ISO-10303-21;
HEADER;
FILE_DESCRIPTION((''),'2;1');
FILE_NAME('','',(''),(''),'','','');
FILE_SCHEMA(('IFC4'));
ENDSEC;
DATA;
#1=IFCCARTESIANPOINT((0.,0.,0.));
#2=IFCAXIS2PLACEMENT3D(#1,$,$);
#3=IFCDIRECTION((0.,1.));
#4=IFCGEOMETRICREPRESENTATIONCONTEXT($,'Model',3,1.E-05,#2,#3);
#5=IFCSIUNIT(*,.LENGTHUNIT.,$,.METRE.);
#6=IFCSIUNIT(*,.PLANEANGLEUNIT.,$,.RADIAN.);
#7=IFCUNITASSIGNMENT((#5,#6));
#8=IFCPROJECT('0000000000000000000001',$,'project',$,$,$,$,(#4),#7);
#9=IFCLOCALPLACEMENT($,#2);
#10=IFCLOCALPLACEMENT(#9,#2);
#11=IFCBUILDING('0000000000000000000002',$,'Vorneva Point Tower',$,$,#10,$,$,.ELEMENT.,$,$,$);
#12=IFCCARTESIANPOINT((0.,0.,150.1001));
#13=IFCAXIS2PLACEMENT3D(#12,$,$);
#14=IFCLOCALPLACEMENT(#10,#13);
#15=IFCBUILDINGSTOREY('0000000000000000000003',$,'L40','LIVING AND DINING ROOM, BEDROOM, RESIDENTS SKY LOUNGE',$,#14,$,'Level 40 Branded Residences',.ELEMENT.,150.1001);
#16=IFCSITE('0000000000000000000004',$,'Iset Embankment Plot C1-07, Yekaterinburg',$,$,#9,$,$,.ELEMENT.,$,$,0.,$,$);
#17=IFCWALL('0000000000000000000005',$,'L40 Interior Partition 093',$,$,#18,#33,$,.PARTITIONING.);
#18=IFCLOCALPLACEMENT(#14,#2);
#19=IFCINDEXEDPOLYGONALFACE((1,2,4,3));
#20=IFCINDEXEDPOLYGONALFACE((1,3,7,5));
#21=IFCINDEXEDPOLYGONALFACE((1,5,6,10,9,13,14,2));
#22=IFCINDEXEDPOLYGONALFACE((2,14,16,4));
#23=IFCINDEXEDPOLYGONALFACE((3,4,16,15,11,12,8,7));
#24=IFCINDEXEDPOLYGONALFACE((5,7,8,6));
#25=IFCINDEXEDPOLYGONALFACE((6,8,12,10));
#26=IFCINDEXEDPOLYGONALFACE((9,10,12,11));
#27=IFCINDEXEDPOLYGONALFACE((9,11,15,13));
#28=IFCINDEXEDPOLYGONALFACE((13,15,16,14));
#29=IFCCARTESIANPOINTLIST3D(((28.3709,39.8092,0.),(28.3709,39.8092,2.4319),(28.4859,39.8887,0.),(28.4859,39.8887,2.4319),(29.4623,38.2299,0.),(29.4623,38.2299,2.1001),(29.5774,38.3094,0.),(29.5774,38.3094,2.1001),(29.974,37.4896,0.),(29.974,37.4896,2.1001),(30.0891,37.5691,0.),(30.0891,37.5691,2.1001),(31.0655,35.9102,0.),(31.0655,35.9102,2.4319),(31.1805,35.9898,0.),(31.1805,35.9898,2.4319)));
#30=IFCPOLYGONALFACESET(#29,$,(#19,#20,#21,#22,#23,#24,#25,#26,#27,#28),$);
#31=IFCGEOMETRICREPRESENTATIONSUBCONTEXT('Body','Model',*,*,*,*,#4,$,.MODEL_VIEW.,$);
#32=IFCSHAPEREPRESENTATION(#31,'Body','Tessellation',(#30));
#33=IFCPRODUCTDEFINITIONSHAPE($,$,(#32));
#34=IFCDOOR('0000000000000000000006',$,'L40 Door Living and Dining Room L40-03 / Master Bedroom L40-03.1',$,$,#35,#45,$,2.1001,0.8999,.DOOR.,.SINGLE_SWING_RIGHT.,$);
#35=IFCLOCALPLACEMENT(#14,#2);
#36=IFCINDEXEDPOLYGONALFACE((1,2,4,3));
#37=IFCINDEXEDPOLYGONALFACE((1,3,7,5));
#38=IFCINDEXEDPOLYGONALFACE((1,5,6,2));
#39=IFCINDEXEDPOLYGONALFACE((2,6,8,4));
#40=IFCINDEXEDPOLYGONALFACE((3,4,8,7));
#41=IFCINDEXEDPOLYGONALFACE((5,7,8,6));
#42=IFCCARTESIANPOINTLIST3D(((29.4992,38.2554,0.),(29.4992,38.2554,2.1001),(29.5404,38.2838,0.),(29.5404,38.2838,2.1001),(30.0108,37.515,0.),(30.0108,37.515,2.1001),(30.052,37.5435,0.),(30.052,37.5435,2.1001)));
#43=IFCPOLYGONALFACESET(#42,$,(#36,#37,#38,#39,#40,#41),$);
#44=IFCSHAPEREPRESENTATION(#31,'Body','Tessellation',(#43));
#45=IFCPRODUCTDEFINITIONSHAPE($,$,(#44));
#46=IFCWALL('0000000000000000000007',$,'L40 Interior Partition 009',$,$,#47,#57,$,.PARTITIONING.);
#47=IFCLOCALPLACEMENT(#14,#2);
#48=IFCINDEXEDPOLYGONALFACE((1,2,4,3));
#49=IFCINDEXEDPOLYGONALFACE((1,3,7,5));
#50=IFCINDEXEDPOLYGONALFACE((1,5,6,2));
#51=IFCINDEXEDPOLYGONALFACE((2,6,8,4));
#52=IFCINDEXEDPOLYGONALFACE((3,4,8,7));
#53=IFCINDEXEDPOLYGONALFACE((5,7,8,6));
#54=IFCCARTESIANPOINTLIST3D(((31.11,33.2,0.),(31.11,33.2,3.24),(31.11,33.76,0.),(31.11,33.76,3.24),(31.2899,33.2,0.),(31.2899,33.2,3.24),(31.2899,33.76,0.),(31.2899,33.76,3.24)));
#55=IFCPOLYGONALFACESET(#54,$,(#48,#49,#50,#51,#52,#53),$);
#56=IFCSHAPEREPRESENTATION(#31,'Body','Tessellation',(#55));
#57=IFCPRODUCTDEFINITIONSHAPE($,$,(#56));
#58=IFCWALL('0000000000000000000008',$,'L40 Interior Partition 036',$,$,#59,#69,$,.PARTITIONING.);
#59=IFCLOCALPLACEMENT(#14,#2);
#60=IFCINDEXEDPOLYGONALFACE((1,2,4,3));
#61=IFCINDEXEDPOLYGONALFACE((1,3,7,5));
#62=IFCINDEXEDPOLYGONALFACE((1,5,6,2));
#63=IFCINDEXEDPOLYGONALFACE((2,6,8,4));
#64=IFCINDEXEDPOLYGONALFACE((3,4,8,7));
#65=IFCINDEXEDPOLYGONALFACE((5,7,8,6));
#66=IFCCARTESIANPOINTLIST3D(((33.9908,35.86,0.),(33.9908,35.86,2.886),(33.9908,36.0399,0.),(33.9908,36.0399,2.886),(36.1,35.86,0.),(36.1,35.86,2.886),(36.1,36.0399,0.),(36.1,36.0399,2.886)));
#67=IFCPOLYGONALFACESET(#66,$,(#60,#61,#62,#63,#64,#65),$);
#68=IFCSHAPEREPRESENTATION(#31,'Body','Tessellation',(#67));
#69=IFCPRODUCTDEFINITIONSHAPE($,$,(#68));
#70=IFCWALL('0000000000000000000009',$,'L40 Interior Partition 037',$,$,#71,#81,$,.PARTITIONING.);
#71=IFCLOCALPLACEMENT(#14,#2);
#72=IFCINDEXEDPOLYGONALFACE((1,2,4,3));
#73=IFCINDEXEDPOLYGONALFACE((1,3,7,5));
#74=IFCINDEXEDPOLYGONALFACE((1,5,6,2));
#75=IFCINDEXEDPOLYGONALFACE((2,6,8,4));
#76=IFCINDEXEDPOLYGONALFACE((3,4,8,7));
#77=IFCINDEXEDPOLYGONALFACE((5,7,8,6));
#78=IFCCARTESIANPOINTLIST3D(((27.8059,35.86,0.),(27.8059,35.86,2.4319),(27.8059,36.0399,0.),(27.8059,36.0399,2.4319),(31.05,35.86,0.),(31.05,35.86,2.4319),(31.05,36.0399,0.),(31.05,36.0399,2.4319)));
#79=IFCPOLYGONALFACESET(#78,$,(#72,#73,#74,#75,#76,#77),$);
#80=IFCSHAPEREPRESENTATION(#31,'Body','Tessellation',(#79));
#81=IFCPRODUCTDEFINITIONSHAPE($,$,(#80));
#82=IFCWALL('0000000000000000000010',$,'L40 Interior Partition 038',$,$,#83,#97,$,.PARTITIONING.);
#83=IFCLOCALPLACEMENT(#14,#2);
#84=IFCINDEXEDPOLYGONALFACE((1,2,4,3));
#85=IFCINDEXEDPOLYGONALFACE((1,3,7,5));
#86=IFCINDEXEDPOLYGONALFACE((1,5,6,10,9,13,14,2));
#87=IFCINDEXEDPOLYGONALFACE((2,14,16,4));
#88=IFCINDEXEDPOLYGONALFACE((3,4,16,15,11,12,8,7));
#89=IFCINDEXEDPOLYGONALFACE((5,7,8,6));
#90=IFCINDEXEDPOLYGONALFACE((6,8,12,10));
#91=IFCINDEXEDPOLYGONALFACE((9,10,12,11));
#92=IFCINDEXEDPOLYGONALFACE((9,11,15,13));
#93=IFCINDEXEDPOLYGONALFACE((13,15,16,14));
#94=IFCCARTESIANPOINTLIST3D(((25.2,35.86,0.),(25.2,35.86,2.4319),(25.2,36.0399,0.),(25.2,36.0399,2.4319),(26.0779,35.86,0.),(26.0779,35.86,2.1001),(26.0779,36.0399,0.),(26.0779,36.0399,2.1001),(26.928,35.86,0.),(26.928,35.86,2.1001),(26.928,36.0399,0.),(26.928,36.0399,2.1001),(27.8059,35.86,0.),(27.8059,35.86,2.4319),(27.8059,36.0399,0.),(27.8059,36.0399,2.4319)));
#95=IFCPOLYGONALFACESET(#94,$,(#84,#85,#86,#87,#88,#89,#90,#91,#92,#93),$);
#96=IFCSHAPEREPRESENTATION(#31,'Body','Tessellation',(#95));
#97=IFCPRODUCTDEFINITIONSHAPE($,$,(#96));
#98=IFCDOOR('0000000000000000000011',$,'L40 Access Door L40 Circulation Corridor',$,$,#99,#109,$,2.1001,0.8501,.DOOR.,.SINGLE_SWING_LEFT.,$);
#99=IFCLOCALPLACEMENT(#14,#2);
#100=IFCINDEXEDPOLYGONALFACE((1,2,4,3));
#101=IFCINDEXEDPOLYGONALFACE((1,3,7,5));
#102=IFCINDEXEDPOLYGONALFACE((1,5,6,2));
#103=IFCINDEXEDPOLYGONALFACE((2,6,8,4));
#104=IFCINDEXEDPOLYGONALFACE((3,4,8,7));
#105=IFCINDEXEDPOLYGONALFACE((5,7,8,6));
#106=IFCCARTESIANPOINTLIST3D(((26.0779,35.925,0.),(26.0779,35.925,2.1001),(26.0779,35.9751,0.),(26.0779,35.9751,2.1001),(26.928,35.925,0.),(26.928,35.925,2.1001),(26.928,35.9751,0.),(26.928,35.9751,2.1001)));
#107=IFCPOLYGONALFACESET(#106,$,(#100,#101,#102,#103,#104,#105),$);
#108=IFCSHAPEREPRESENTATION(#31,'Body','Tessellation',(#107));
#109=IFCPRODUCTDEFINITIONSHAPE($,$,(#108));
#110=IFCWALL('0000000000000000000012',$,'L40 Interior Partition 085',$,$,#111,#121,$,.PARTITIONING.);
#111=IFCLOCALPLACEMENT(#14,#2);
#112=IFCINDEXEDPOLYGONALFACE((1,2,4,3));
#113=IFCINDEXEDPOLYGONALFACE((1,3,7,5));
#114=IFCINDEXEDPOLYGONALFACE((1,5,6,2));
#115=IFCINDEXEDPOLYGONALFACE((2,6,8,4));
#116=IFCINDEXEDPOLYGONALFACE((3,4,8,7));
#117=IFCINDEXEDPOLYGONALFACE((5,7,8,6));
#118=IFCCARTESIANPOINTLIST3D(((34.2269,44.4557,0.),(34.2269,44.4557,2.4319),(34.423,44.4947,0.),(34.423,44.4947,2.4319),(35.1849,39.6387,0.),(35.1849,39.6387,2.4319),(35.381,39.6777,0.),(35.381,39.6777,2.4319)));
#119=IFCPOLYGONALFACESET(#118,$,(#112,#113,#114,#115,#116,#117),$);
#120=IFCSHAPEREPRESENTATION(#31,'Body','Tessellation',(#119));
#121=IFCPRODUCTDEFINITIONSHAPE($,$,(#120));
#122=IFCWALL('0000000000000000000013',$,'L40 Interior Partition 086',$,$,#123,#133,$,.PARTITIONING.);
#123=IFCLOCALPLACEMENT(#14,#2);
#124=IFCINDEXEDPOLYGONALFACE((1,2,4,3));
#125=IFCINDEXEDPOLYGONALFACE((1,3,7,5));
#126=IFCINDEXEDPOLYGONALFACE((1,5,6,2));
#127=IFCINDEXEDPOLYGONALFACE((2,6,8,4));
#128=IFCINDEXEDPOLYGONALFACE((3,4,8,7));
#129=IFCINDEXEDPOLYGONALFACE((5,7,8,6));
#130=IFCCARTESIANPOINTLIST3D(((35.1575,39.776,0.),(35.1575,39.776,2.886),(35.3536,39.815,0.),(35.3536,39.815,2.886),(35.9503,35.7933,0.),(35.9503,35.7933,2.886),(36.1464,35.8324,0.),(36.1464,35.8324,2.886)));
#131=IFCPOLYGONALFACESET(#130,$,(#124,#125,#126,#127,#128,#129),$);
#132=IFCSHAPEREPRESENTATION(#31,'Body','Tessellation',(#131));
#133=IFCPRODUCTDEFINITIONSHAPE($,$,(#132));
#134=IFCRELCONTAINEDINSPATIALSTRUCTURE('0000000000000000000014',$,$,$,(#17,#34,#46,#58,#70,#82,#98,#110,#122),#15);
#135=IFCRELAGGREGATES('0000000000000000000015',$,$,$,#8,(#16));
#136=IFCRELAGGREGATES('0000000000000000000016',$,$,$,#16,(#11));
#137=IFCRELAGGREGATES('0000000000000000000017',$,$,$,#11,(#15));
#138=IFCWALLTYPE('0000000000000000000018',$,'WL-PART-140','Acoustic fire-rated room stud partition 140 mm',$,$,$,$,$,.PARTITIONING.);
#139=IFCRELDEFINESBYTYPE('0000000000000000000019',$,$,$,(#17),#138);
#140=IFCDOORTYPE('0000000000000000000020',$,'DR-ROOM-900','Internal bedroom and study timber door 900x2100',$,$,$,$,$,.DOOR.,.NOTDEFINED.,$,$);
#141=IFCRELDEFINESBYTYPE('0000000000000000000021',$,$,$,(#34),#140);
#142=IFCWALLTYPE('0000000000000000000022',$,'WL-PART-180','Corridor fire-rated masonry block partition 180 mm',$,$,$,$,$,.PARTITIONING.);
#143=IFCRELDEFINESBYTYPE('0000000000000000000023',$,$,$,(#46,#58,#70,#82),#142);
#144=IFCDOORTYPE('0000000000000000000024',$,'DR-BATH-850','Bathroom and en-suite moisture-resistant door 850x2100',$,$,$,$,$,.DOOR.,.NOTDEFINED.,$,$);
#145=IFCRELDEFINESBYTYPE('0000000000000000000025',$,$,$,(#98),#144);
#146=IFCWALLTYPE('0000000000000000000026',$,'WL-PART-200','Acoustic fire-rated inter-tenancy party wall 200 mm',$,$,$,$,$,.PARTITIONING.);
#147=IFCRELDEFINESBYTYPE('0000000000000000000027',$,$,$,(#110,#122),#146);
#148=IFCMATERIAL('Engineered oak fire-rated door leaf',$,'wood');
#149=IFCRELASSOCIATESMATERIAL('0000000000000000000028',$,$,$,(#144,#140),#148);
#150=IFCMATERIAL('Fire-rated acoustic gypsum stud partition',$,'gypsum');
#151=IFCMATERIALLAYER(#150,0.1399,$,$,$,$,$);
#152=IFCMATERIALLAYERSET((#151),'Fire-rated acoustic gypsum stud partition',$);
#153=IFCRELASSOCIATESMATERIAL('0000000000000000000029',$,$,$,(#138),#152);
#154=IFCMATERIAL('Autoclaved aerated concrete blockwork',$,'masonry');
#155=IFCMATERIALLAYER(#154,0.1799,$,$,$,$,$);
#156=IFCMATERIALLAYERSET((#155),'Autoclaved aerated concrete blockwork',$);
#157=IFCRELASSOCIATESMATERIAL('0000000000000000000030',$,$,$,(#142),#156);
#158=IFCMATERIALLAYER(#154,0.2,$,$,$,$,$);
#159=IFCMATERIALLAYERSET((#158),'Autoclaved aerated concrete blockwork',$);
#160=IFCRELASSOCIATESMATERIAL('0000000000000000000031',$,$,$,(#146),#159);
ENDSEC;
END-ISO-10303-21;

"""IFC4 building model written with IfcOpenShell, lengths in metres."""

from ifc_helpers import new_model, si_unit, direction, frame, frame_2d, origin, place, context, subcontext, project, spatial, rectangle, extrude, material, layer, layer_set, type_object, element, fill, save


model = new_model("IFC4")

# Units and contexts
model_context = context("Model", 3, precision=1e-05, world=origin(), true_north=direction((0.0, 1.0)))
body_context = subcontext(model_context, "Body", "Model", "MODEL_VIEW")
ifc_project = project(units=[si_unit("LENGTHUNIT", "METRE"), si_unit("PLANEANGLEUNIT", "RADIAN")], contexts=[model_context])

# Site, building, storey
site_placement = place(None, origin())
site = spatial("IfcSite", under=ifc_project, at=site_placement, Name="Iset Embankment Plot C1-07, Yekaterinburg", CompositionType="ELEMENT", RefElevation=0.0)
building_placement = place(site_placement, origin())
building = spatial("IfcBuilding", under=site, at=building_placement, Name="Vorneva Point Tower", CompositionType="ELEMENT")
storey_placement = place(building_placement, frame((0.0, 0.0, 150.1001)))
storey = spatial("IfcBuildingStorey", under=building, at=storey_placement, Name="L40", Description="LIVING AND DINING ROOM, BEDROOM, RESIDENTS SKY LOUNGE", LongName="Level 40 Branded Residences", CompositionType="ELEMENT", Elevation=150.1001)

# Shared definitions
ifc_material_1 = material(Name="Fire-rated acoustic gypsum stud partition", Category="gypsum")
ifc_material_2 = material(Name="Engineered oak fire-rated door leaf", Category="wood")
door_type_1 = type_object("IfcDoorType", Name="DR-BATH-850", Description="Bathroom and en-suite moisture-resistant door 850x2100", OperationType="NOTDEFINED", PredefinedType="DOOR", material=ifc_material_2)

# Shared definitions
door_type_2 = type_object("IfcDoorType", Name="DR-ROOM-900", Description="Internal bedroom and study timber door 900x2100", OperationType="NOTDEFINED", PredefinedType="DOOR", material=ifc_material_2)

# Wall, opening, door
ifc_layer_1 = layer(ifc_material_1, 0.1399)
ifc_layer_set_1 = layer_set([ifc_layer_1], Name="Fire-rated acoustic gypsum stud partition")
wall_type_1 = type_object("IfcWallType", Name="WL-PART-140", Description="Acoustic fire-rated room stud partition 140 mm", PredefinedType="PARTITIONING", material=ifc_layer_set_1)
wall_1_placement = place(storey_placement, frame((28.4285, 39.8489, 0.0), z_axis=(0.0, 0.0, 1.0), x_axis=(0.568543, -0.822654, 0.0)))
wall_1 = element("IfcWall", 1, at=wall_1_placement, inside=storey, type_object=wall_type_1, Name="L40 Interior Partition 093", PredefinedType="PARTITIONING", context=body_context, shape_type="SweptSolid", body=[
    extrude(rectangle(XDim=4.7395, YDim=0.1399, at=frame_2d((2.3696, 0.0))), origin(), (0.0, 0.0, 1.0), 2.4319),
])
opening_1_placement = place(wall_1_placement, frame((1.9197, 0.0, 0.0)))
opening_1 = element("IfcOpeningElement", 2, at=opening_1_placement, cuts=wall_1, PredefinedType="OPENING", context=body_context, shape_type="SweptSolid", body=[
    extrude(rectangle(XDim=0.8999, YDim=2.1001, at=frame_2d((0.45, 1.05))), frame((0.0, 0.085, 0.0), z_axis=(0.0, -1.0, 0.0), x_axis=(1.0, 0.0, 0.0)), (0.0, 0.0, 1.0), 0.1697),
])
door_1_placement = place(opening_1_placement, origin())
door_1 = element("IfcDoor", 3, at=door_1_placement, inside=storey, type_object=door_type_2, Name="L40 Door Living and Dining Room L40-03 / Master Bedroom L40-03.1", OperationType="SINGLE_SWING_RIGHT", OverallHeight=2.1001, OverallWidth=0.8999, PredefinedType="DOOR", context=body_context, shape_type="SweptSolid", body=[
    extrude(rectangle(XDim=0.8999, YDim=2.1001, at=frame_2d((0.45, 1.05))), frame((0.0, 0.0249, 0.0), z_axis=(0.0, -1.0, 0.0), x_axis=(1.0, 0.0, 0.0)), (0.0, 0.0, 1.0), 0.05),
])
fill(opening_1, door_1)
ifc_material_3 = material(Name="Autoclaved aerated concrete blockwork", Category="masonry")
ifc_layer_2 = layer(ifc_material_3, 0.1799)
ifc_layer_set_2 = layer_set([ifc_layer_2], Name="Autoclaved aerated concrete blockwork")
wall_type_2 = type_object("IfcWallType", Name="WL-PART-180", Description="Corridor fire-rated masonry block partition 180 mm", PredefinedType="PARTITIONING", material=ifc_layer_set_2)

# Wall
wall_2_placement = place(storey_placement, frame((31.2, 33.76, 0.0), z_axis=(0.0, 0.0, 1.0), x_axis=(0.0, -1.0, 0.0)))
element("IfcWall", 4, at=wall_2_placement, inside=storey, type_object=wall_type_2, Name="L40 Interior Partition 009", PredefinedType="PARTITIONING", context=body_context, shape_type="SweptSolid", body=[
    extrude(rectangle(XDim=0.5601, YDim=0.1799, at=frame_2d((0.28, 0.0))), origin(), (0.0, 0.0, 1.0), 3.24),
])

# Walls
wall_3_placement = place(storey_placement, frame((36.1001, 35.95, 0.0), z_axis=(0.0, 0.0, 1.0), x_axis=(-1.0, 0.0, 0.0)))
element("IfcWall", 5, at=wall_3_placement, inside=storey, type_object=wall_type_2, Name="L40 Interior Partition 036", PredefinedType="PARTITIONING", context=body_context, shape_type="SweptSolid", body=[
    extrude(rectangle(XDim=2.1091, YDim=0.1799, at=frame_2d((1.0547, 0.0))), origin(), (0.0, 0.0, 1.0), 2.886),
])
wall_4_placement = place(storey_placement, frame((31.05, 35.95, 0.0), z_axis=(0.0, 0.0, 1.0), x_axis=(-1.0, 0.0, 0.0)))
element("IfcWall", 6, at=wall_4_placement, inside=storey, type_object=wall_type_2, Name="L40 Interior Partition 037", PredefinedType="PARTITIONING", context=body_context, shape_type="SweptSolid", body=[
    extrude(rectangle(XDim=3.2441, YDim=0.1799, at=frame_2d((1.6221, 0.0))), origin(), (0.0, 0.0, 1.0), 2.4319),
])

# Wall, opening, door
wall_5_placement = place(storey_placement, frame((27.8059, 35.95, 0.0), z_axis=(0.0, 0.0, 1.0), x_axis=(-1.0, 0.0, 0.0)))
wall_5 = element("IfcWall", 7, at=wall_5_placement, inside=storey, type_object=wall_type_2, Name="L40 Interior Partition 038", PredefinedType="PARTITIONING", context=body_context, shape_type="SweptSolid", body=[
    extrude(rectangle(XDim=2.606, YDim=0.1799, at=frame_2d((1.303, 0.0))), origin(), (0.0, 0.0, 1.0), 2.4319),
])
opening_2_placement = place(wall_5_placement, frame((0.8779, 0.0, 0.0)))
opening_2 = element("IfcOpeningElement", 8, at=opening_2_placement, cuts=wall_5, PredefinedType="OPENING", context=body_context, shape_type="SweptSolid", body=[
    extrude(rectangle(XDim=0.8501, YDim=2.1001, at=frame_2d((0.425, 1.05))), frame((0.0, 0.105, 0.0), z_axis=(0.0, -1.0, 0.0), x_axis=(1.0, 0.0, 0.0)), (0.0, 0.0, 1.0), 0.2097),
])
door_2_placement = place(opening_2_placement, origin())
door_2 = element("IfcDoor", 9, at=door_2_placement, inside=storey, type_object=door_type_1, Name="L40 Access Door L40 Circulation Corridor", OperationType="SINGLE_SWING_LEFT", OverallHeight=2.1001, OverallWidth=0.8501, PredefinedType="DOOR", context=body_context, shape_type="SweptSolid", body=[
    extrude(rectangle(XDim=0.8501, YDim=2.1001, at=frame_2d((0.425, 1.05))), frame((0.0, 0.0249, 0.0), z_axis=(0.0, -1.0, 0.0), x_axis=(1.0, 0.0, 0.0)), (0.0, 0.0, 1.0), 0.05),
])
fill(opening_2, door_2)

# Walls
ifc_layer_3 = layer(ifc_material_3, 0.2)
ifc_layer_set_3 = layer_set([ifc_layer_3], Name="Autoclaved aerated concrete blockwork")
wall_type_3 = type_object("IfcWallType", Name="WL-PART-200", Description="Acoustic fire-rated inter-tenancy party wall 200 mm", PredefinedType="PARTITIONING", material=ifc_layer_set_3)
wall_6_placement = place(storey_placement, frame((34.325, 44.4751, 0.0), z_axis=(0.0, 0.0, 1.0), x_axis=(0.195055, -0.980792, 0.0)))
element("IfcWall", 10, at=wall_6_placement, inside=storey, type_object=wall_type_3, Name="L40 Interior Partition 085", PredefinedType="PARTITIONING", context=body_context, shape_type="SweptSolid", body=[
    extrude(rectangle(XDim=4.9114, YDim=0.2, at=frame_2d((2.4556, 0.0))), origin(), (0.0, 0.0, 1.0), 2.4319),
])
wall_7_placement = place(storey_placement, frame((35.2556, 39.7954, 0.0), z_axis=(0.0, 0.0, 1.0), x_axis=(0.195214, -0.980761, 0.0)))
element("IfcWall", 11, at=wall_7_placement, inside=storey, type_object=wall_type_3, Name="L40 Interior Partition 086", PredefinedType="PARTITIONING", context=body_context, shape_type="SweptSolid", body=[
    extrude(rectangle(XDim=4.0608, YDim=0.2, at=frame_2d((2.0303, 0.0))), origin(), (0.0, 0.0, 1.0), 2.886),
])

save(model, "model.ifc")
